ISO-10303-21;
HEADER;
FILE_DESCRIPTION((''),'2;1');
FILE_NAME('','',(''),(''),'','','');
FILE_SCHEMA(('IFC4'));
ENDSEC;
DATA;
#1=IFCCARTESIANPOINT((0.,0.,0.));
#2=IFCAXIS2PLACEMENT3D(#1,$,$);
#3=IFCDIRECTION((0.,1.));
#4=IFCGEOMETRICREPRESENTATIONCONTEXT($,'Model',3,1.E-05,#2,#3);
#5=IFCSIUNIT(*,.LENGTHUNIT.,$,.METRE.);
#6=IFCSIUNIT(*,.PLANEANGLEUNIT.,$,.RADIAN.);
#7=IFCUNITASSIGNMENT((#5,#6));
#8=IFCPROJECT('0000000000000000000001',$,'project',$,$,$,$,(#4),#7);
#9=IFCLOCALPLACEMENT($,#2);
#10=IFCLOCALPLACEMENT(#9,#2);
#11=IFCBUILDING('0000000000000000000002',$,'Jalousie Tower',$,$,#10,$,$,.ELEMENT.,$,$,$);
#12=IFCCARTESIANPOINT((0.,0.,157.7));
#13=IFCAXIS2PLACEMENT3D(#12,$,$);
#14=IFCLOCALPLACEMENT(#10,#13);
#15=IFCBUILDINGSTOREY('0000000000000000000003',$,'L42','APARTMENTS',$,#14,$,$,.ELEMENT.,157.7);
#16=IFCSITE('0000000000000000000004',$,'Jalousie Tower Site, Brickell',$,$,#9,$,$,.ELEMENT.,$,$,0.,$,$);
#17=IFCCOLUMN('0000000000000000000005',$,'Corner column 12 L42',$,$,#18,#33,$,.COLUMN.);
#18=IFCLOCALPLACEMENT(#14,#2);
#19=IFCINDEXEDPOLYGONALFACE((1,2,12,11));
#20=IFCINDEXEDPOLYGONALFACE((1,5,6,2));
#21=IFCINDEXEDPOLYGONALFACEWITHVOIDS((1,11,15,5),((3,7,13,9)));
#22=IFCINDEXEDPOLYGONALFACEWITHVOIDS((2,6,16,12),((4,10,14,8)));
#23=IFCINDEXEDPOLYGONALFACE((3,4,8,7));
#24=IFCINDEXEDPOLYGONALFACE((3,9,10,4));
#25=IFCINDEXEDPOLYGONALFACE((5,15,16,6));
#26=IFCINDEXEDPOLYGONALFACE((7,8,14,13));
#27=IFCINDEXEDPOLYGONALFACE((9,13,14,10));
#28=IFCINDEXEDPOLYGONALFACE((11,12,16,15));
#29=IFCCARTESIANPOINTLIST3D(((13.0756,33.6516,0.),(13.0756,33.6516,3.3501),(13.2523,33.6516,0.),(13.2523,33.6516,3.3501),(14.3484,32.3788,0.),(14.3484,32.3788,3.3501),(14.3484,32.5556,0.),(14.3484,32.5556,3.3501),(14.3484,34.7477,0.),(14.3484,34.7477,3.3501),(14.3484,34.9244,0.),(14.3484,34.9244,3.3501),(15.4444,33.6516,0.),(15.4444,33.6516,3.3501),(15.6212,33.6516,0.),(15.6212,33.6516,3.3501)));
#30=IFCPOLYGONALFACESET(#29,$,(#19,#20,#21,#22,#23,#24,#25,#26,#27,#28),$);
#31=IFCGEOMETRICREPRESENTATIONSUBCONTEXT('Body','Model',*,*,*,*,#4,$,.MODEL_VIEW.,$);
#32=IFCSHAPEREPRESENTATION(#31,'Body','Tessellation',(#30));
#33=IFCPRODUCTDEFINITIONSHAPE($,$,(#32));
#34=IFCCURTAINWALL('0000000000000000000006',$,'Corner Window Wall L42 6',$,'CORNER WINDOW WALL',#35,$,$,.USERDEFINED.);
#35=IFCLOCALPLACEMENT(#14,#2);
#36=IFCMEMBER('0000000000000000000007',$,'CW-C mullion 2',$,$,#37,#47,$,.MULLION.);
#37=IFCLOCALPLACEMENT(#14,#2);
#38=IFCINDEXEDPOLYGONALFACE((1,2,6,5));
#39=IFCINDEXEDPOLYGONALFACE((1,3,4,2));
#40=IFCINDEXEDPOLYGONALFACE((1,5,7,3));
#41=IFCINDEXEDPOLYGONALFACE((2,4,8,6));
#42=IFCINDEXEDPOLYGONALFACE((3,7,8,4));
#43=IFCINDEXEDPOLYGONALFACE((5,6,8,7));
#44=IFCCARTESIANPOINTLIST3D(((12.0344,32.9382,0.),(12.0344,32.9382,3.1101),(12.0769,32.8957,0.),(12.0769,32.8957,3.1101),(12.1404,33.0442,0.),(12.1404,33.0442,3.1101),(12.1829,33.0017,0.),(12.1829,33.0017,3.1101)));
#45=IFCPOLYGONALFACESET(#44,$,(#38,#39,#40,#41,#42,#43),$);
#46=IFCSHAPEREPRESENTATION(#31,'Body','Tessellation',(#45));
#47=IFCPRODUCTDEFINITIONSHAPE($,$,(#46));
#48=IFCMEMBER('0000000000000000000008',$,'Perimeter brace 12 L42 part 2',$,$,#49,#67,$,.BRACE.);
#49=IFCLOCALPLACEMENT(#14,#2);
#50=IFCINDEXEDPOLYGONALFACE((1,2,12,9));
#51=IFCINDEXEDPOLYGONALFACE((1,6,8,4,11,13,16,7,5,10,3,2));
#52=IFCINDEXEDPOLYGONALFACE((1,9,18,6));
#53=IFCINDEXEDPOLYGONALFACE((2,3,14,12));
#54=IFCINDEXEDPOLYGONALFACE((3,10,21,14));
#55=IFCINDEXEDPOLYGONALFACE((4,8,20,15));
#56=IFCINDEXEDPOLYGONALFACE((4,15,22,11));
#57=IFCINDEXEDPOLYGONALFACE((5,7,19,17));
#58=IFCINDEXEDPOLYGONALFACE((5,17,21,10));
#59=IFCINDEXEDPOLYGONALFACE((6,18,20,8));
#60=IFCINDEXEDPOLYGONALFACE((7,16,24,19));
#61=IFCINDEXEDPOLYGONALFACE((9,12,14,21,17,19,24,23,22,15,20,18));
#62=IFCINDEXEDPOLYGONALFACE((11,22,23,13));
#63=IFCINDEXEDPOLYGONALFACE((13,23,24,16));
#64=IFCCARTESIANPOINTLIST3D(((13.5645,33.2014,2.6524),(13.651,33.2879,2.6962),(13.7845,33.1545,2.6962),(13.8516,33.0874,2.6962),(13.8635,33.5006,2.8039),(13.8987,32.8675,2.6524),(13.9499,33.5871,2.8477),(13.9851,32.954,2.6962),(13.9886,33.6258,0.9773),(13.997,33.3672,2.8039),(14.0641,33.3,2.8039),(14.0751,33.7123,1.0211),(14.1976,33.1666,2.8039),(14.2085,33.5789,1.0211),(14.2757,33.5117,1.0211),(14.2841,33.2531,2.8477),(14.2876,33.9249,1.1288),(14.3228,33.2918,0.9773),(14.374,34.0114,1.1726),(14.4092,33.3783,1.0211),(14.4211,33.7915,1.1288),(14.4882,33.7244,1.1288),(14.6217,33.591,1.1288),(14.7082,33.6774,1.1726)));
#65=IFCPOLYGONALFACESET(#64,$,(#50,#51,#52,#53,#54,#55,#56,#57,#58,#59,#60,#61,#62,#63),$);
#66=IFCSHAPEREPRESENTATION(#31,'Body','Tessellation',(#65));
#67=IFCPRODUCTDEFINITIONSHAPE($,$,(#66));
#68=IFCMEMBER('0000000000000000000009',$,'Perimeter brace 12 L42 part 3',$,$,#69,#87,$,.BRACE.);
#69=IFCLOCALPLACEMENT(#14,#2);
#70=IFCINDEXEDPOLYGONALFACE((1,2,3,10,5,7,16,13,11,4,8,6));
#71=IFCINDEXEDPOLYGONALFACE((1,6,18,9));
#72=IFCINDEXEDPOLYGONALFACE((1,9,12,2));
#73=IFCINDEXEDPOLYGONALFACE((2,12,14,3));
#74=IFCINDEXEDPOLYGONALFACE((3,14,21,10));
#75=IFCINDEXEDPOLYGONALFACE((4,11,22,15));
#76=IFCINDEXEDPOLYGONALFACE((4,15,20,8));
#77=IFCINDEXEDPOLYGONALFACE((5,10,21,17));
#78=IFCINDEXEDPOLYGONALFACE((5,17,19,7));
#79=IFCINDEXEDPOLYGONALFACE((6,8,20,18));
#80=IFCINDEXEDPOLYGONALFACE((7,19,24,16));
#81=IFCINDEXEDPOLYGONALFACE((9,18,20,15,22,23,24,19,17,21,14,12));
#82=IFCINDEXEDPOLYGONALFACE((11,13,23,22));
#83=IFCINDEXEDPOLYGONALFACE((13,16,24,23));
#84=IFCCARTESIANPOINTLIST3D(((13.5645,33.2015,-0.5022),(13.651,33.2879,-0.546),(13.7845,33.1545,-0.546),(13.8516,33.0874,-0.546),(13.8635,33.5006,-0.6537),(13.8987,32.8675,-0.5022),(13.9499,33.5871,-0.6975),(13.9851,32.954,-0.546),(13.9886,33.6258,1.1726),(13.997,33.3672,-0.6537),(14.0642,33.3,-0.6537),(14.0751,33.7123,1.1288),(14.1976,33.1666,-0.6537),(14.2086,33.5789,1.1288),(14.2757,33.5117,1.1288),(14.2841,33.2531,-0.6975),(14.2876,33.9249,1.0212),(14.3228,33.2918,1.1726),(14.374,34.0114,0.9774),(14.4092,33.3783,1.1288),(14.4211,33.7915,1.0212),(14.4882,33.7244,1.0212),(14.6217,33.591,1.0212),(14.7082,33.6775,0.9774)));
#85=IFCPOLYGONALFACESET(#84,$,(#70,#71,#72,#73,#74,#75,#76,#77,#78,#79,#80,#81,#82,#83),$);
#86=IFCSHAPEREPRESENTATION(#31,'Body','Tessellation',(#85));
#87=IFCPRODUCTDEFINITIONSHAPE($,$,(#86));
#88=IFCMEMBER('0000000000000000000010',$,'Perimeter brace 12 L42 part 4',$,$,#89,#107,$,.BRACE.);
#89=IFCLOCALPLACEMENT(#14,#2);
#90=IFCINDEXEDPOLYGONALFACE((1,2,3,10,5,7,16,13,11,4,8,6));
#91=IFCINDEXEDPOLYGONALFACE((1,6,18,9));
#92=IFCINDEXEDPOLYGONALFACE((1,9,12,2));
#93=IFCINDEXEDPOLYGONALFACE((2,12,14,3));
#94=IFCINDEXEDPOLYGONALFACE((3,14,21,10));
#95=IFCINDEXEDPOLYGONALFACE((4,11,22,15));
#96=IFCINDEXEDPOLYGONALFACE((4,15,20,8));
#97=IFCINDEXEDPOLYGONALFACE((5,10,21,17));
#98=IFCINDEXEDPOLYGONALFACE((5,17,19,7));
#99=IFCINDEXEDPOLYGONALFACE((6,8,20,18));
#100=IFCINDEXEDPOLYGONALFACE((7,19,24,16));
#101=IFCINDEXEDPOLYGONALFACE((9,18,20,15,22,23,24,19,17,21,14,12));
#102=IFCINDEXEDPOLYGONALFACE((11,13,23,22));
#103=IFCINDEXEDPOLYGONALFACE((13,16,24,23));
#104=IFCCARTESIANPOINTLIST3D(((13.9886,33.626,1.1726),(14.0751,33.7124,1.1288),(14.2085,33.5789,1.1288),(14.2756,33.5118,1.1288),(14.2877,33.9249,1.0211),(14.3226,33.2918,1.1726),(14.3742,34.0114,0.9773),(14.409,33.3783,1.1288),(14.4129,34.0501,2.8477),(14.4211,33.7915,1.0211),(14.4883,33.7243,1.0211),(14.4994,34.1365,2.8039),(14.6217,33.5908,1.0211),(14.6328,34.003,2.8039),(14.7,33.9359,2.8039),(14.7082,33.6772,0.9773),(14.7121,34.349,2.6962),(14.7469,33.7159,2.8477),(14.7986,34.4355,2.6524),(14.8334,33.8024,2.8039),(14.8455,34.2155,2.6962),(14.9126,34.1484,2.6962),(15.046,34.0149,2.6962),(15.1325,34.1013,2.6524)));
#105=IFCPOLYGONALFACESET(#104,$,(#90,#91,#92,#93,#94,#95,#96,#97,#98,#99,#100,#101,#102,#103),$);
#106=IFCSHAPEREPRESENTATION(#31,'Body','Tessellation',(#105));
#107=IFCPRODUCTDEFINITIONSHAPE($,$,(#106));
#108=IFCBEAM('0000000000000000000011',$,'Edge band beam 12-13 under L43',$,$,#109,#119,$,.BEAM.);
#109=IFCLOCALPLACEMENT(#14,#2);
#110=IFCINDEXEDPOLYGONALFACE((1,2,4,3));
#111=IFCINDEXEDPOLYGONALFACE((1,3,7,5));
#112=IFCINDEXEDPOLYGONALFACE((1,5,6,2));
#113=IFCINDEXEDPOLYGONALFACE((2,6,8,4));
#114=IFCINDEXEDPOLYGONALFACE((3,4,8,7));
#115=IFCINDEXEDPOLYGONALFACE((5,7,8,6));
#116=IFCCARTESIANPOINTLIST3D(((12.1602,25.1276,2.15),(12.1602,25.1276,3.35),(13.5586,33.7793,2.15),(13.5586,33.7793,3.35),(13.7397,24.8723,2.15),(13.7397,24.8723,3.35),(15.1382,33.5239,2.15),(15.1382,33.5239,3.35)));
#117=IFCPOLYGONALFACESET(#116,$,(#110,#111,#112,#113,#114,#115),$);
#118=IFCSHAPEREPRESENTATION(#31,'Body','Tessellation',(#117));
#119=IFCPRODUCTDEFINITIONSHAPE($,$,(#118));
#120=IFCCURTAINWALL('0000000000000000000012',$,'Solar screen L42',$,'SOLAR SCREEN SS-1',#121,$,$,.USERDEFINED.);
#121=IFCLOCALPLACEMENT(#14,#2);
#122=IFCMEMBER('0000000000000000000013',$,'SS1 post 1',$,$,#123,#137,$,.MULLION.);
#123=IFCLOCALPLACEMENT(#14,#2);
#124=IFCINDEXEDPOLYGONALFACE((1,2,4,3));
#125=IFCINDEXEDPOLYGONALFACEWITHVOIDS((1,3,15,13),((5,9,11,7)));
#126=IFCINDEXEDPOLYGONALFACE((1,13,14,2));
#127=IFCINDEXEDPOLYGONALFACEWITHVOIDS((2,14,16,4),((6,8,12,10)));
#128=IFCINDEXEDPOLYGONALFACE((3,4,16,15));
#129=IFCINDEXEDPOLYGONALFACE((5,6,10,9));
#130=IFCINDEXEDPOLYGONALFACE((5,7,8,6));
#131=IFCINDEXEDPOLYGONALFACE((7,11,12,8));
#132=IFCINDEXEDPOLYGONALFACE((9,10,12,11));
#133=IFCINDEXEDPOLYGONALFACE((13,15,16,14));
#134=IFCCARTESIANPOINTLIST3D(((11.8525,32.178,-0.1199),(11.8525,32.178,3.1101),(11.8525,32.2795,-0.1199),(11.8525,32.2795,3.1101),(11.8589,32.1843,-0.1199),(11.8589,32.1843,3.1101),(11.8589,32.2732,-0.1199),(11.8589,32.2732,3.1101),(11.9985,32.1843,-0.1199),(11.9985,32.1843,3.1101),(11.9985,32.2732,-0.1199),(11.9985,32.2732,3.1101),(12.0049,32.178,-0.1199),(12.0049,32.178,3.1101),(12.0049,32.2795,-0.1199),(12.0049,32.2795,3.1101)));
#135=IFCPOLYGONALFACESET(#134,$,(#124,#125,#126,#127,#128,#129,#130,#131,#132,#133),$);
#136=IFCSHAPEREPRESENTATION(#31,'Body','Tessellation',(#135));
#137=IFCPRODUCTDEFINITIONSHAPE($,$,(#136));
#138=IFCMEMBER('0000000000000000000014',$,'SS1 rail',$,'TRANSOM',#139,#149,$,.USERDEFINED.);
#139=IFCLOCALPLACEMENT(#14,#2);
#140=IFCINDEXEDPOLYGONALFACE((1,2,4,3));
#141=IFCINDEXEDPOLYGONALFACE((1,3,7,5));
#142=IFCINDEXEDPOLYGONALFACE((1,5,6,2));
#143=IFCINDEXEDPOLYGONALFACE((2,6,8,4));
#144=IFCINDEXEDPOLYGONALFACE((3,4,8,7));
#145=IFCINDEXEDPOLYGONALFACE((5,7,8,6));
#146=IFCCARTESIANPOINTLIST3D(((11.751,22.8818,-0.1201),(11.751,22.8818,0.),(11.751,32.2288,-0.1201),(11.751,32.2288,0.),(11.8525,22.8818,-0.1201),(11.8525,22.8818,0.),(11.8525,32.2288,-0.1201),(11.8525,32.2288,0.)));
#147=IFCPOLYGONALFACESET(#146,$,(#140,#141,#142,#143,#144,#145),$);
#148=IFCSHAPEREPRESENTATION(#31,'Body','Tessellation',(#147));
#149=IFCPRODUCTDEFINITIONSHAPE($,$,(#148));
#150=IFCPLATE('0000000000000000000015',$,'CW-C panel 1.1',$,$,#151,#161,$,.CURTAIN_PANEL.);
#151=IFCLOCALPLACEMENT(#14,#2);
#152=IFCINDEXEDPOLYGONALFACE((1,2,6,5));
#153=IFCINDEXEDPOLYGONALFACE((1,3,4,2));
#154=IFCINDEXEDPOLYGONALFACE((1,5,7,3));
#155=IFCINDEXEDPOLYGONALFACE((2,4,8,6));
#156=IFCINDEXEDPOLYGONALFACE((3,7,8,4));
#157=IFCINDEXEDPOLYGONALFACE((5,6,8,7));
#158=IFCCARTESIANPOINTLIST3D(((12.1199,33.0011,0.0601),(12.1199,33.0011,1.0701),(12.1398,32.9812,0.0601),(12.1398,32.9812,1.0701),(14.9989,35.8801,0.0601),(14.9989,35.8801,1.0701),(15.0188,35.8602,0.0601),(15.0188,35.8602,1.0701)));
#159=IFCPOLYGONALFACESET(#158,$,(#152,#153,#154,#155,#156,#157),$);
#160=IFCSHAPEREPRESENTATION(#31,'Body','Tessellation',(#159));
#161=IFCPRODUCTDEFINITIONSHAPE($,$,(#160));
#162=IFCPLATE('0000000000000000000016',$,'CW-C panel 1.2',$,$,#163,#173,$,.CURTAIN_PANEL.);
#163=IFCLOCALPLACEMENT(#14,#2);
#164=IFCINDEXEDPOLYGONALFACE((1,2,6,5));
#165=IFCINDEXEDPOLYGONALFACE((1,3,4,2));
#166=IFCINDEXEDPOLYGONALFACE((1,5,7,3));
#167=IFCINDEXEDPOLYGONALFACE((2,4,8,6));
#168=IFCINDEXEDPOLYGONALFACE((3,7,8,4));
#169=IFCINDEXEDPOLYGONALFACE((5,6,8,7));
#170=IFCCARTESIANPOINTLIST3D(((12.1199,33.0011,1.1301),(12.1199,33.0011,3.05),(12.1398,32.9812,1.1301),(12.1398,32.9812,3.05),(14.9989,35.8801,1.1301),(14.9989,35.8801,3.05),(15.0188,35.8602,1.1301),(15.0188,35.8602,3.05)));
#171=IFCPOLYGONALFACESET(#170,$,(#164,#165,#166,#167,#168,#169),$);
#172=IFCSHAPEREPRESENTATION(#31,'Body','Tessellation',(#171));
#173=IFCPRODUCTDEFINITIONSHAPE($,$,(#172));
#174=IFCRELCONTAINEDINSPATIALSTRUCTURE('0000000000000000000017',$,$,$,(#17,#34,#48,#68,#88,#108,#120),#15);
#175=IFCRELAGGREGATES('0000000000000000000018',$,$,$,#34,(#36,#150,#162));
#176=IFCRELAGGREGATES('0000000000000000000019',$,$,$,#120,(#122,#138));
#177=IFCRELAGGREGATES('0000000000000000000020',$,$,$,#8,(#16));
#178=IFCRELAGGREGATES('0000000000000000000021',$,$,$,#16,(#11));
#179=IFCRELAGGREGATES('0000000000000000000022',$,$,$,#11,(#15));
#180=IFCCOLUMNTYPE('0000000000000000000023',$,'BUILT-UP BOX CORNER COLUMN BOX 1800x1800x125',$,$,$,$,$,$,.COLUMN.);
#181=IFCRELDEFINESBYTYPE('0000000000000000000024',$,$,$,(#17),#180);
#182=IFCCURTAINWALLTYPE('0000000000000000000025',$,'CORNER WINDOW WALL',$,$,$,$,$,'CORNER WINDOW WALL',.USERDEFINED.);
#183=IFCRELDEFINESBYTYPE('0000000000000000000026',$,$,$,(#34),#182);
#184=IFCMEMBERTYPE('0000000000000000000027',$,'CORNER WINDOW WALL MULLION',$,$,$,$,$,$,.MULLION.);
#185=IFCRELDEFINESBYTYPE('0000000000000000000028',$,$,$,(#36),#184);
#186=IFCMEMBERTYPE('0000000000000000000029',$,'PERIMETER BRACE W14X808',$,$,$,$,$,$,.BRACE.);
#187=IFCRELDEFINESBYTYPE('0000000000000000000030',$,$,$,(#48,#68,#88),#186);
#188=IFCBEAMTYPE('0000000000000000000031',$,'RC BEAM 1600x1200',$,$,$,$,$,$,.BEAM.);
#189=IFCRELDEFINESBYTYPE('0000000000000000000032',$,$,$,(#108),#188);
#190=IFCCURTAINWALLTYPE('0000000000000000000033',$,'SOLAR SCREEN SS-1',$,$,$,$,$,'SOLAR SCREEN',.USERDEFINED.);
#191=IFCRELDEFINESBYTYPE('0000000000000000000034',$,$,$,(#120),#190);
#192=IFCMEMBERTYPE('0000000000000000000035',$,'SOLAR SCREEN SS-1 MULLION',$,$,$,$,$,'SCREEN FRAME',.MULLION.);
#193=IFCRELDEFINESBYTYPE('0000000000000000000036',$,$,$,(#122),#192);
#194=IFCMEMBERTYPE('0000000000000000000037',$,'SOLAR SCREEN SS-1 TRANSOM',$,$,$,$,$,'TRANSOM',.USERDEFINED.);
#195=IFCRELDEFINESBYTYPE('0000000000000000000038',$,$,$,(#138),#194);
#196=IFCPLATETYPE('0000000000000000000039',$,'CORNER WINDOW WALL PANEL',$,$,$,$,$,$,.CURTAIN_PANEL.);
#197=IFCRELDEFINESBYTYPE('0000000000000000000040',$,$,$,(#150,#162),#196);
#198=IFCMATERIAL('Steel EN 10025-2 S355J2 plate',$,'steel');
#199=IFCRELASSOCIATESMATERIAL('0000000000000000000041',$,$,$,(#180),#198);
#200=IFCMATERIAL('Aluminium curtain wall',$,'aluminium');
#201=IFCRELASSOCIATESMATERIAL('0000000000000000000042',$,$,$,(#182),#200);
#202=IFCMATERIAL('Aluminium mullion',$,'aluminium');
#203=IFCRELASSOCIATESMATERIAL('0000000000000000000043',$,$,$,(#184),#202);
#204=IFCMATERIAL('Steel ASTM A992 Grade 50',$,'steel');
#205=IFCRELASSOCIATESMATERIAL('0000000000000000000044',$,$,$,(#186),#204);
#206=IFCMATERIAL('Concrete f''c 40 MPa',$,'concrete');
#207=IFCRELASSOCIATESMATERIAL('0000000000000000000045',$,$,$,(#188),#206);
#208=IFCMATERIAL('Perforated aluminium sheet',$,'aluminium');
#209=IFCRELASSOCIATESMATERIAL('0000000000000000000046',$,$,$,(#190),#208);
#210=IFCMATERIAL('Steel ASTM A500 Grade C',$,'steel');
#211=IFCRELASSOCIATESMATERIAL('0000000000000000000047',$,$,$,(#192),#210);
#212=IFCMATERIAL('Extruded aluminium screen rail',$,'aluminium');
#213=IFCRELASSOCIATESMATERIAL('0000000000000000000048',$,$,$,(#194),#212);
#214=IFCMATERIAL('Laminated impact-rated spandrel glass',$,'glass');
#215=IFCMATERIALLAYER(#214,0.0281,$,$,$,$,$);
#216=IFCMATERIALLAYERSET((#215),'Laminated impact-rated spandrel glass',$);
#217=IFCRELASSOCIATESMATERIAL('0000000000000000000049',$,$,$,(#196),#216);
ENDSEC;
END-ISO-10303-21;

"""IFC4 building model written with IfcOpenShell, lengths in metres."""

from ifc_helpers import new_model, si_unit, direction, frame, origin, origin_2d, place, context, subcontext, project, spatial, rectangle, hollow_rectangle, i_section, extrude, material, layer, layer_set, material_profile, profile_set, type_object, element, aggregate, save


model = new_model("IFC4")

# Units and contexts
model_context = context("Model", 3, precision=1e-05, world=origin(), true_north=direction((0.0, 1.0)))
body_context = subcontext(model_context, "Body", "Model", "MODEL_VIEW")
ifc_project = project(units=[si_unit("LENGTHUNIT", "METRE"), si_unit("PLANEANGLEUNIT", "RADIAN")], contexts=[model_context])

# Site, building, storey
site_placement = place(None, origin())
site = spatial("IfcSite", under=ifc_project, at=site_placement, Name="Jalousie Tower Site, Brickell", CompositionType="ELEMENT", RefElevation=0.0)
building_placement = place(site_placement, origin())
building = spatial("IfcBuilding", under=site, at=building_placement, Name="Jalousie Tower", CompositionType="ELEMENT")
storey_placement = place(building_placement, frame((0.0, 0.0, 157.7)))
storey = spatial("IfcBuildingStorey", under=building, at=storey_placement, Name="L42", Description="APARTMENTS", CompositionType="ELEMENT", Elevation=157.7)

# Column
ifc_material_1 = material(Name="Steel EN 10025-2 S355J2 plate", Category="steel")
ifc_material_profile_1 = material_profile(ifc_material_1, hollow_rectangle(XDim=1.8, YDim=1.8, WallThickness=0.125, at=origin_2d()), Name="BOX 1800x1800x125")
ifc_profile_set_1 = profile_set([ifc_material_profile_1], Name="Steel EN 10025-2 S355J2 plate")
column_type = type_object("IfcColumnType", Name="BUILT-UP BOX CORNER COLUMN BOX 1800x1800x125", PredefinedType="COLUMN", material=ifc_profile_set_1)
column_placement = place(storey_placement, frame((14.3484, 33.6516, 0.0), z_axis=(0.0, 0.0, 1.0), x_axis=(0.707107, -0.707107, 0.0)))
element("IfcColumn", 1, at=column_placement, inside=storey, type_object=column_type, Name="Corner column 12 L42", PredefinedType="COLUMN", context=body_context, shape_type="SweptSolid", body=[
    extrude(hollow_rectangle(XDim=1.8, YDim=1.8, WallThickness=0.125, at=origin_2d()), origin(), (0.0, 0.0, 1.0), 3.3501),
])

# Curtain wall, member
ifc_material_2 = material(Name="Aluminium curtain wall", Category="aluminium")
curtain_wall_type_1 = type_object("IfcCurtainWallType", Name="CORNER WINDOW WALL", ElementType="CORNER WINDOW WALL", PredefinedType="USERDEFINED", material=ifc_material_2)
curtain_wall_1_placement = place(storey_placement, origin())
curtain_wall_1 = element("IfcCurtainWall", 2, at=curtain_wall_1_placement, inside=storey, type_object=curtain_wall_type_1, Name="Corner Window Wall L42 6", ObjectType="CORNER WINDOW WALL", PredefinedType="USERDEFINED")
ifc_material_3 = material(Name="Aluminium mullion", Category="aluminium")
ifc_material_profile_2 = material_profile(ifc_material_3, rectangle(XDim=0.0601, YDim=0.1499, at=origin_2d()), Name="MULLION 60x150")
ifc_profile_set_2 = profile_set([ifc_material_profile_2], Name="Aluminium mullion")
member_type_1 = type_object("IfcMemberType", Name="CORNER WINDOW WALL MULLION", PredefinedType="MULLION", material=ifc_profile_set_2)
member_1_placement = place(storey_placement, frame((12.1086, 32.97, 0.0), z_axis=(0.0, 0.0, 1.0), x_axis=(0.707107, -0.707107, 0.0)))
member_1 = element("IfcMember", 3, at=member_1_placement, type_object=member_type_1, Name="CW-C mullion 2", PredefinedType="MULLION", context=body_context, shape_type="SweptSolid", body=[
    extrude(rectangle(XDim=0.0601, YDim=0.1499, at=origin_2d()), origin(), (0.0, 0.0, 1.0), 3.1101),
])

# Members
ifc_material_4 = material(Name="Steel ASTM A992 Grade 50", Category="steel")
ifc_material_profile_3 = material_profile(ifc_material_4, i_section(OverallWidth=0.4724, OverallDepth=0.5791, WebThickness=0.095, FlangeThickness=0.1299, at=origin_2d()), Name="W14X808")
ifc_profile_set_3 = profile_set([ifc_material_profile_3], Name="Steel ASTM A992 Grade 50")
member_type_2 = type_object("IfcMemberType", Name="PERIMETER BRACE W14X808", PredefinedType="BRACE", material=ifc_profile_set_3)
member_2_placement = place(storey_placement, frame((14.3484, 33.6516, 1.075), z_axis=(-0.238346, -0.238483, 0.941444), x_axis=(0.70731, -0.706903, 0.0)))
element("IfcMember", 4, at=member_2_placement, inside=storey, type_object=member_type_2, Name="Perimeter brace 12 L42 part 2", PredefinedType="BRACE", context=body_context, shape_type="SweptSolid", body=[
    extrude(i_section(OverallWidth=0.4724, OverallDepth=0.5791, WebThickness=0.095, FlangeThickness=0.1299, at=origin_2d()), origin(), (0.0, 0.0, 1.0), 1.7793),
])
member_3_placement = place(storey_placement, frame((13.9243, 33.2273, -0.5999), z_axis=(0.238376, 0.238514, 0.941429), x_axis=(-0.70731, 0.706903, 0.0)))
element("IfcMember", 5, at=member_3_placement, inside=storey, type_object=member_type_2, Name="Perimeter brace 12 L42 part 3", PredefinedType="BRACE", context=body_context, shape_type="SweptSolid", body=[
    extrude(i_section(OverallWidth=0.4724, OverallDepth=0.5791, WebThickness=0.095, FlangeThickness=0.1299, at=origin_2d()), origin(), (0.0, 0.0, 1.0), 1.7791),
])
member_4_placement = place(storey_placement, frame((14.3484, 33.6516, 1.075), z_axis=(0.238483, 0.238346, 0.941444), x_axis=(-0.706903, 0.70731, 0.0)))
element("IfcMember", 6, at=member_4_placement, inside=storey, type_object=member_type_2, Name="Perimeter brace 12 L42 part 4", PredefinedType="BRACE", context=body_context, shape_type="SweptSolid", body=[
    extrude(i_section(OverallWidth=0.4724, OverallDepth=0.5791, WebThickness=0.095, FlangeThickness=0.1299, at=origin_2d()), origin(), (0.0, 0.0, 1.0), 1.7793),
])

# Beam
ifc_material_5 = material(Name="Concrete f'c 40 MPa", Category="concrete")
ifc_material_profile_4 = material_profile(ifc_material_5, rectangle(XDim=1.6001, YDim=1.2, at=origin_2d()), Name="RC 1600x1200")
ifc_profile_set_4 = profile_set([ifc_material_profile_4], Name="Concrete f'c 40 MPa")
beam_type = type_object("IfcBeamType", Name="RC BEAM 1600x1200", PredefinedType="BEAM", material=ifc_profile_set_4)
beam_placement = place(storey_placement, frame((14.3484, 33.6516, 2.75), z_axis=(-0.159568, -0.987187, 0.0), x_axis=(0.987187, -0.159568, 0.0)))
element("IfcBeam", 7, at=beam_placement, inside=storey, type_object=beam_type, Name="Edge band beam 12-13 under L43", PredefinedType="BEAM", context=body_context, shape_type="SweptSolid", body=[
    extrude(rectangle(XDim=1.6001, YDim=1.2, at=origin_2d()), origin(), (0.0, 0.0, 1.0), 8.7639),
])

# Curtain wall, members
ifc_material_6 = material(Name="Perforated aluminium sheet", Category="aluminium")
curtain_wall_type_2 = type_object("IfcCurtainWallType", Name="SOLAR SCREEN SS-1", ElementType="SOLAR SCREEN", PredefinedType="USERDEFINED", material=ifc_material_6)
curtain_wall_2_placement = place(storey_placement, origin())
curtain_wall_2 = element("IfcCurtainWall", 8, at=curtain_wall_2_placement, inside=storey, type_object=curtain_wall_type_2, Name="Solar screen L42", ObjectType="SOLAR SCREEN SS-1", PredefinedType="USERDEFINED")
ifc_material_7 = material(Name="Steel ASTM A500 Grade C", Category="steel")
ifc_material_profile_5 = material_profile(ifc_material_7, hollow_rectangle(XDim=0.1016, YDim=0.1523, WallThickness=0.0063, at=origin_2d()), Name="HSS6X4X1/4")
ifc_profile_set_5 = profile_set([ifc_material_profile_5], Name="Steel ASTM A500 Grade C")
member_type_3 = type_object("IfcMemberType", Name="SOLAR SCREEN SS-1 MULLION", ElementType="SCREEN FRAME", PredefinedType="MULLION", material=ifc_profile_set_5)
member_5_placement = place(storey_placement, frame((11.9287, 32.2288, -0.1199), z_axis=(0.0, 0.0, 1.0), x_axis=(0.0, -1.0, 0.0)))
member_5 = element("IfcMember", 9, at=member_5_placement, type_object=member_type_3, Name="SS1 post 1", PredefinedType="MULLION", context=body_context, shape_type="SweptSolid", body=[
    extrude(hollow_rectangle(XDim=0.1016, YDim=0.1523, WallThickness=0.0063, at=origin_2d()), origin(), (0.0, 0.0, 1.0), 3.23),
])
ifc_material_8 = material(Name="Extruded aluminium screen rail", Category="aluminium")
ifc_material_profile_6 = material_profile(ifc_material_8, rectangle(XDim=0.1016, YDim=0.1201, at=origin_2d()), Name="RAIL 102x120")
ifc_profile_set_6 = profile_set([ifc_material_profile_6], Name="Extruded aluminium screen rail")
member_type_4 = type_object("IfcMemberType", Name="SOLAR SCREEN SS-1 TRANSOM", ElementType="TRANSOM", PredefinedType="USERDEFINED", material=ifc_profile_set_6)
member_6_placement = place(storey_placement, frame((11.8018, 32.2288, -0.0601), z_axis=(0.0, -1.0, 0.0), x_axis=(1.0, 0.0, 0.0)))
member_6 = element("IfcMember", 10, at=member_6_placement, type_object=member_type_4, Name="SS1 rail", ObjectType="TRANSOM", PredefinedType="USERDEFINED", context=body_context, shape_type="SweptSolid", body=[
    extrude(rectangle(XDim=0.1016, YDim=0.1201, at=origin_2d()), origin(), (0.0, 0.0, 1.0), 9.3469),
])

# Plates
ifc_material_9 = material(Name="Laminated impact-rated spandrel glass", Category="glass")
ifc_layer_1 = layer(ifc_material_9, 0.0281)
ifc_layer_set_1 = layer_set([ifc_layer_1], Name="Laminated impact-rated spandrel glass")
plate_type_1 = type_object("IfcPlateType", Name="CORNER WINDOW WALL PANEL", PredefinedType="CURTAIN_PANEL", material=ifc_layer_set_1)
plate_1_placement = place(storey_placement, frame((13.5693, 34.4307, 0.0601), z_axis=(0.0, 0.0, 1.0), x_axis=(-0.707107, -0.707107, 0.0)))
plate_1 = element("IfcPlate", 11, at=plate_1_placement, type_object=plate_type_1, Name="CW-C panel 1.1", PredefinedType="CURTAIN_PANEL", context=body_context, shape_type="SweptSolid", body=[
    extrude(rectangle(XDim=4.0715, YDim=0.0281, at=origin_2d()), origin(), (0.0, 0.0, 1.0), 1.01),
])
plate_2_placement = place(storey_placement, frame((13.5693, 34.4307, 1.1301), z_axis=(0.0, 0.0, 1.0), x_axis=(-0.707107, -0.707107, 0.0)))
plate_2 = element("IfcPlate", 12, at=plate_2_placement, type_object=plate_type_1, Name="CW-C panel 1.2", PredefinedType="CURTAIN_PANEL", context=body_context, shape_type="SweptSolid", body=[
    extrude(rectangle(XDim=4.0715, YDim=0.0281, at=origin_2d()), origin(), (0.0, 0.0, 1.0), 1.9199),
])
aggregate(curtain_wall_1, [member_1, plate_1, plate_2])
aggregate(curtain_wall_2, [member_5, member_6])

save(model, "model.ifc")
